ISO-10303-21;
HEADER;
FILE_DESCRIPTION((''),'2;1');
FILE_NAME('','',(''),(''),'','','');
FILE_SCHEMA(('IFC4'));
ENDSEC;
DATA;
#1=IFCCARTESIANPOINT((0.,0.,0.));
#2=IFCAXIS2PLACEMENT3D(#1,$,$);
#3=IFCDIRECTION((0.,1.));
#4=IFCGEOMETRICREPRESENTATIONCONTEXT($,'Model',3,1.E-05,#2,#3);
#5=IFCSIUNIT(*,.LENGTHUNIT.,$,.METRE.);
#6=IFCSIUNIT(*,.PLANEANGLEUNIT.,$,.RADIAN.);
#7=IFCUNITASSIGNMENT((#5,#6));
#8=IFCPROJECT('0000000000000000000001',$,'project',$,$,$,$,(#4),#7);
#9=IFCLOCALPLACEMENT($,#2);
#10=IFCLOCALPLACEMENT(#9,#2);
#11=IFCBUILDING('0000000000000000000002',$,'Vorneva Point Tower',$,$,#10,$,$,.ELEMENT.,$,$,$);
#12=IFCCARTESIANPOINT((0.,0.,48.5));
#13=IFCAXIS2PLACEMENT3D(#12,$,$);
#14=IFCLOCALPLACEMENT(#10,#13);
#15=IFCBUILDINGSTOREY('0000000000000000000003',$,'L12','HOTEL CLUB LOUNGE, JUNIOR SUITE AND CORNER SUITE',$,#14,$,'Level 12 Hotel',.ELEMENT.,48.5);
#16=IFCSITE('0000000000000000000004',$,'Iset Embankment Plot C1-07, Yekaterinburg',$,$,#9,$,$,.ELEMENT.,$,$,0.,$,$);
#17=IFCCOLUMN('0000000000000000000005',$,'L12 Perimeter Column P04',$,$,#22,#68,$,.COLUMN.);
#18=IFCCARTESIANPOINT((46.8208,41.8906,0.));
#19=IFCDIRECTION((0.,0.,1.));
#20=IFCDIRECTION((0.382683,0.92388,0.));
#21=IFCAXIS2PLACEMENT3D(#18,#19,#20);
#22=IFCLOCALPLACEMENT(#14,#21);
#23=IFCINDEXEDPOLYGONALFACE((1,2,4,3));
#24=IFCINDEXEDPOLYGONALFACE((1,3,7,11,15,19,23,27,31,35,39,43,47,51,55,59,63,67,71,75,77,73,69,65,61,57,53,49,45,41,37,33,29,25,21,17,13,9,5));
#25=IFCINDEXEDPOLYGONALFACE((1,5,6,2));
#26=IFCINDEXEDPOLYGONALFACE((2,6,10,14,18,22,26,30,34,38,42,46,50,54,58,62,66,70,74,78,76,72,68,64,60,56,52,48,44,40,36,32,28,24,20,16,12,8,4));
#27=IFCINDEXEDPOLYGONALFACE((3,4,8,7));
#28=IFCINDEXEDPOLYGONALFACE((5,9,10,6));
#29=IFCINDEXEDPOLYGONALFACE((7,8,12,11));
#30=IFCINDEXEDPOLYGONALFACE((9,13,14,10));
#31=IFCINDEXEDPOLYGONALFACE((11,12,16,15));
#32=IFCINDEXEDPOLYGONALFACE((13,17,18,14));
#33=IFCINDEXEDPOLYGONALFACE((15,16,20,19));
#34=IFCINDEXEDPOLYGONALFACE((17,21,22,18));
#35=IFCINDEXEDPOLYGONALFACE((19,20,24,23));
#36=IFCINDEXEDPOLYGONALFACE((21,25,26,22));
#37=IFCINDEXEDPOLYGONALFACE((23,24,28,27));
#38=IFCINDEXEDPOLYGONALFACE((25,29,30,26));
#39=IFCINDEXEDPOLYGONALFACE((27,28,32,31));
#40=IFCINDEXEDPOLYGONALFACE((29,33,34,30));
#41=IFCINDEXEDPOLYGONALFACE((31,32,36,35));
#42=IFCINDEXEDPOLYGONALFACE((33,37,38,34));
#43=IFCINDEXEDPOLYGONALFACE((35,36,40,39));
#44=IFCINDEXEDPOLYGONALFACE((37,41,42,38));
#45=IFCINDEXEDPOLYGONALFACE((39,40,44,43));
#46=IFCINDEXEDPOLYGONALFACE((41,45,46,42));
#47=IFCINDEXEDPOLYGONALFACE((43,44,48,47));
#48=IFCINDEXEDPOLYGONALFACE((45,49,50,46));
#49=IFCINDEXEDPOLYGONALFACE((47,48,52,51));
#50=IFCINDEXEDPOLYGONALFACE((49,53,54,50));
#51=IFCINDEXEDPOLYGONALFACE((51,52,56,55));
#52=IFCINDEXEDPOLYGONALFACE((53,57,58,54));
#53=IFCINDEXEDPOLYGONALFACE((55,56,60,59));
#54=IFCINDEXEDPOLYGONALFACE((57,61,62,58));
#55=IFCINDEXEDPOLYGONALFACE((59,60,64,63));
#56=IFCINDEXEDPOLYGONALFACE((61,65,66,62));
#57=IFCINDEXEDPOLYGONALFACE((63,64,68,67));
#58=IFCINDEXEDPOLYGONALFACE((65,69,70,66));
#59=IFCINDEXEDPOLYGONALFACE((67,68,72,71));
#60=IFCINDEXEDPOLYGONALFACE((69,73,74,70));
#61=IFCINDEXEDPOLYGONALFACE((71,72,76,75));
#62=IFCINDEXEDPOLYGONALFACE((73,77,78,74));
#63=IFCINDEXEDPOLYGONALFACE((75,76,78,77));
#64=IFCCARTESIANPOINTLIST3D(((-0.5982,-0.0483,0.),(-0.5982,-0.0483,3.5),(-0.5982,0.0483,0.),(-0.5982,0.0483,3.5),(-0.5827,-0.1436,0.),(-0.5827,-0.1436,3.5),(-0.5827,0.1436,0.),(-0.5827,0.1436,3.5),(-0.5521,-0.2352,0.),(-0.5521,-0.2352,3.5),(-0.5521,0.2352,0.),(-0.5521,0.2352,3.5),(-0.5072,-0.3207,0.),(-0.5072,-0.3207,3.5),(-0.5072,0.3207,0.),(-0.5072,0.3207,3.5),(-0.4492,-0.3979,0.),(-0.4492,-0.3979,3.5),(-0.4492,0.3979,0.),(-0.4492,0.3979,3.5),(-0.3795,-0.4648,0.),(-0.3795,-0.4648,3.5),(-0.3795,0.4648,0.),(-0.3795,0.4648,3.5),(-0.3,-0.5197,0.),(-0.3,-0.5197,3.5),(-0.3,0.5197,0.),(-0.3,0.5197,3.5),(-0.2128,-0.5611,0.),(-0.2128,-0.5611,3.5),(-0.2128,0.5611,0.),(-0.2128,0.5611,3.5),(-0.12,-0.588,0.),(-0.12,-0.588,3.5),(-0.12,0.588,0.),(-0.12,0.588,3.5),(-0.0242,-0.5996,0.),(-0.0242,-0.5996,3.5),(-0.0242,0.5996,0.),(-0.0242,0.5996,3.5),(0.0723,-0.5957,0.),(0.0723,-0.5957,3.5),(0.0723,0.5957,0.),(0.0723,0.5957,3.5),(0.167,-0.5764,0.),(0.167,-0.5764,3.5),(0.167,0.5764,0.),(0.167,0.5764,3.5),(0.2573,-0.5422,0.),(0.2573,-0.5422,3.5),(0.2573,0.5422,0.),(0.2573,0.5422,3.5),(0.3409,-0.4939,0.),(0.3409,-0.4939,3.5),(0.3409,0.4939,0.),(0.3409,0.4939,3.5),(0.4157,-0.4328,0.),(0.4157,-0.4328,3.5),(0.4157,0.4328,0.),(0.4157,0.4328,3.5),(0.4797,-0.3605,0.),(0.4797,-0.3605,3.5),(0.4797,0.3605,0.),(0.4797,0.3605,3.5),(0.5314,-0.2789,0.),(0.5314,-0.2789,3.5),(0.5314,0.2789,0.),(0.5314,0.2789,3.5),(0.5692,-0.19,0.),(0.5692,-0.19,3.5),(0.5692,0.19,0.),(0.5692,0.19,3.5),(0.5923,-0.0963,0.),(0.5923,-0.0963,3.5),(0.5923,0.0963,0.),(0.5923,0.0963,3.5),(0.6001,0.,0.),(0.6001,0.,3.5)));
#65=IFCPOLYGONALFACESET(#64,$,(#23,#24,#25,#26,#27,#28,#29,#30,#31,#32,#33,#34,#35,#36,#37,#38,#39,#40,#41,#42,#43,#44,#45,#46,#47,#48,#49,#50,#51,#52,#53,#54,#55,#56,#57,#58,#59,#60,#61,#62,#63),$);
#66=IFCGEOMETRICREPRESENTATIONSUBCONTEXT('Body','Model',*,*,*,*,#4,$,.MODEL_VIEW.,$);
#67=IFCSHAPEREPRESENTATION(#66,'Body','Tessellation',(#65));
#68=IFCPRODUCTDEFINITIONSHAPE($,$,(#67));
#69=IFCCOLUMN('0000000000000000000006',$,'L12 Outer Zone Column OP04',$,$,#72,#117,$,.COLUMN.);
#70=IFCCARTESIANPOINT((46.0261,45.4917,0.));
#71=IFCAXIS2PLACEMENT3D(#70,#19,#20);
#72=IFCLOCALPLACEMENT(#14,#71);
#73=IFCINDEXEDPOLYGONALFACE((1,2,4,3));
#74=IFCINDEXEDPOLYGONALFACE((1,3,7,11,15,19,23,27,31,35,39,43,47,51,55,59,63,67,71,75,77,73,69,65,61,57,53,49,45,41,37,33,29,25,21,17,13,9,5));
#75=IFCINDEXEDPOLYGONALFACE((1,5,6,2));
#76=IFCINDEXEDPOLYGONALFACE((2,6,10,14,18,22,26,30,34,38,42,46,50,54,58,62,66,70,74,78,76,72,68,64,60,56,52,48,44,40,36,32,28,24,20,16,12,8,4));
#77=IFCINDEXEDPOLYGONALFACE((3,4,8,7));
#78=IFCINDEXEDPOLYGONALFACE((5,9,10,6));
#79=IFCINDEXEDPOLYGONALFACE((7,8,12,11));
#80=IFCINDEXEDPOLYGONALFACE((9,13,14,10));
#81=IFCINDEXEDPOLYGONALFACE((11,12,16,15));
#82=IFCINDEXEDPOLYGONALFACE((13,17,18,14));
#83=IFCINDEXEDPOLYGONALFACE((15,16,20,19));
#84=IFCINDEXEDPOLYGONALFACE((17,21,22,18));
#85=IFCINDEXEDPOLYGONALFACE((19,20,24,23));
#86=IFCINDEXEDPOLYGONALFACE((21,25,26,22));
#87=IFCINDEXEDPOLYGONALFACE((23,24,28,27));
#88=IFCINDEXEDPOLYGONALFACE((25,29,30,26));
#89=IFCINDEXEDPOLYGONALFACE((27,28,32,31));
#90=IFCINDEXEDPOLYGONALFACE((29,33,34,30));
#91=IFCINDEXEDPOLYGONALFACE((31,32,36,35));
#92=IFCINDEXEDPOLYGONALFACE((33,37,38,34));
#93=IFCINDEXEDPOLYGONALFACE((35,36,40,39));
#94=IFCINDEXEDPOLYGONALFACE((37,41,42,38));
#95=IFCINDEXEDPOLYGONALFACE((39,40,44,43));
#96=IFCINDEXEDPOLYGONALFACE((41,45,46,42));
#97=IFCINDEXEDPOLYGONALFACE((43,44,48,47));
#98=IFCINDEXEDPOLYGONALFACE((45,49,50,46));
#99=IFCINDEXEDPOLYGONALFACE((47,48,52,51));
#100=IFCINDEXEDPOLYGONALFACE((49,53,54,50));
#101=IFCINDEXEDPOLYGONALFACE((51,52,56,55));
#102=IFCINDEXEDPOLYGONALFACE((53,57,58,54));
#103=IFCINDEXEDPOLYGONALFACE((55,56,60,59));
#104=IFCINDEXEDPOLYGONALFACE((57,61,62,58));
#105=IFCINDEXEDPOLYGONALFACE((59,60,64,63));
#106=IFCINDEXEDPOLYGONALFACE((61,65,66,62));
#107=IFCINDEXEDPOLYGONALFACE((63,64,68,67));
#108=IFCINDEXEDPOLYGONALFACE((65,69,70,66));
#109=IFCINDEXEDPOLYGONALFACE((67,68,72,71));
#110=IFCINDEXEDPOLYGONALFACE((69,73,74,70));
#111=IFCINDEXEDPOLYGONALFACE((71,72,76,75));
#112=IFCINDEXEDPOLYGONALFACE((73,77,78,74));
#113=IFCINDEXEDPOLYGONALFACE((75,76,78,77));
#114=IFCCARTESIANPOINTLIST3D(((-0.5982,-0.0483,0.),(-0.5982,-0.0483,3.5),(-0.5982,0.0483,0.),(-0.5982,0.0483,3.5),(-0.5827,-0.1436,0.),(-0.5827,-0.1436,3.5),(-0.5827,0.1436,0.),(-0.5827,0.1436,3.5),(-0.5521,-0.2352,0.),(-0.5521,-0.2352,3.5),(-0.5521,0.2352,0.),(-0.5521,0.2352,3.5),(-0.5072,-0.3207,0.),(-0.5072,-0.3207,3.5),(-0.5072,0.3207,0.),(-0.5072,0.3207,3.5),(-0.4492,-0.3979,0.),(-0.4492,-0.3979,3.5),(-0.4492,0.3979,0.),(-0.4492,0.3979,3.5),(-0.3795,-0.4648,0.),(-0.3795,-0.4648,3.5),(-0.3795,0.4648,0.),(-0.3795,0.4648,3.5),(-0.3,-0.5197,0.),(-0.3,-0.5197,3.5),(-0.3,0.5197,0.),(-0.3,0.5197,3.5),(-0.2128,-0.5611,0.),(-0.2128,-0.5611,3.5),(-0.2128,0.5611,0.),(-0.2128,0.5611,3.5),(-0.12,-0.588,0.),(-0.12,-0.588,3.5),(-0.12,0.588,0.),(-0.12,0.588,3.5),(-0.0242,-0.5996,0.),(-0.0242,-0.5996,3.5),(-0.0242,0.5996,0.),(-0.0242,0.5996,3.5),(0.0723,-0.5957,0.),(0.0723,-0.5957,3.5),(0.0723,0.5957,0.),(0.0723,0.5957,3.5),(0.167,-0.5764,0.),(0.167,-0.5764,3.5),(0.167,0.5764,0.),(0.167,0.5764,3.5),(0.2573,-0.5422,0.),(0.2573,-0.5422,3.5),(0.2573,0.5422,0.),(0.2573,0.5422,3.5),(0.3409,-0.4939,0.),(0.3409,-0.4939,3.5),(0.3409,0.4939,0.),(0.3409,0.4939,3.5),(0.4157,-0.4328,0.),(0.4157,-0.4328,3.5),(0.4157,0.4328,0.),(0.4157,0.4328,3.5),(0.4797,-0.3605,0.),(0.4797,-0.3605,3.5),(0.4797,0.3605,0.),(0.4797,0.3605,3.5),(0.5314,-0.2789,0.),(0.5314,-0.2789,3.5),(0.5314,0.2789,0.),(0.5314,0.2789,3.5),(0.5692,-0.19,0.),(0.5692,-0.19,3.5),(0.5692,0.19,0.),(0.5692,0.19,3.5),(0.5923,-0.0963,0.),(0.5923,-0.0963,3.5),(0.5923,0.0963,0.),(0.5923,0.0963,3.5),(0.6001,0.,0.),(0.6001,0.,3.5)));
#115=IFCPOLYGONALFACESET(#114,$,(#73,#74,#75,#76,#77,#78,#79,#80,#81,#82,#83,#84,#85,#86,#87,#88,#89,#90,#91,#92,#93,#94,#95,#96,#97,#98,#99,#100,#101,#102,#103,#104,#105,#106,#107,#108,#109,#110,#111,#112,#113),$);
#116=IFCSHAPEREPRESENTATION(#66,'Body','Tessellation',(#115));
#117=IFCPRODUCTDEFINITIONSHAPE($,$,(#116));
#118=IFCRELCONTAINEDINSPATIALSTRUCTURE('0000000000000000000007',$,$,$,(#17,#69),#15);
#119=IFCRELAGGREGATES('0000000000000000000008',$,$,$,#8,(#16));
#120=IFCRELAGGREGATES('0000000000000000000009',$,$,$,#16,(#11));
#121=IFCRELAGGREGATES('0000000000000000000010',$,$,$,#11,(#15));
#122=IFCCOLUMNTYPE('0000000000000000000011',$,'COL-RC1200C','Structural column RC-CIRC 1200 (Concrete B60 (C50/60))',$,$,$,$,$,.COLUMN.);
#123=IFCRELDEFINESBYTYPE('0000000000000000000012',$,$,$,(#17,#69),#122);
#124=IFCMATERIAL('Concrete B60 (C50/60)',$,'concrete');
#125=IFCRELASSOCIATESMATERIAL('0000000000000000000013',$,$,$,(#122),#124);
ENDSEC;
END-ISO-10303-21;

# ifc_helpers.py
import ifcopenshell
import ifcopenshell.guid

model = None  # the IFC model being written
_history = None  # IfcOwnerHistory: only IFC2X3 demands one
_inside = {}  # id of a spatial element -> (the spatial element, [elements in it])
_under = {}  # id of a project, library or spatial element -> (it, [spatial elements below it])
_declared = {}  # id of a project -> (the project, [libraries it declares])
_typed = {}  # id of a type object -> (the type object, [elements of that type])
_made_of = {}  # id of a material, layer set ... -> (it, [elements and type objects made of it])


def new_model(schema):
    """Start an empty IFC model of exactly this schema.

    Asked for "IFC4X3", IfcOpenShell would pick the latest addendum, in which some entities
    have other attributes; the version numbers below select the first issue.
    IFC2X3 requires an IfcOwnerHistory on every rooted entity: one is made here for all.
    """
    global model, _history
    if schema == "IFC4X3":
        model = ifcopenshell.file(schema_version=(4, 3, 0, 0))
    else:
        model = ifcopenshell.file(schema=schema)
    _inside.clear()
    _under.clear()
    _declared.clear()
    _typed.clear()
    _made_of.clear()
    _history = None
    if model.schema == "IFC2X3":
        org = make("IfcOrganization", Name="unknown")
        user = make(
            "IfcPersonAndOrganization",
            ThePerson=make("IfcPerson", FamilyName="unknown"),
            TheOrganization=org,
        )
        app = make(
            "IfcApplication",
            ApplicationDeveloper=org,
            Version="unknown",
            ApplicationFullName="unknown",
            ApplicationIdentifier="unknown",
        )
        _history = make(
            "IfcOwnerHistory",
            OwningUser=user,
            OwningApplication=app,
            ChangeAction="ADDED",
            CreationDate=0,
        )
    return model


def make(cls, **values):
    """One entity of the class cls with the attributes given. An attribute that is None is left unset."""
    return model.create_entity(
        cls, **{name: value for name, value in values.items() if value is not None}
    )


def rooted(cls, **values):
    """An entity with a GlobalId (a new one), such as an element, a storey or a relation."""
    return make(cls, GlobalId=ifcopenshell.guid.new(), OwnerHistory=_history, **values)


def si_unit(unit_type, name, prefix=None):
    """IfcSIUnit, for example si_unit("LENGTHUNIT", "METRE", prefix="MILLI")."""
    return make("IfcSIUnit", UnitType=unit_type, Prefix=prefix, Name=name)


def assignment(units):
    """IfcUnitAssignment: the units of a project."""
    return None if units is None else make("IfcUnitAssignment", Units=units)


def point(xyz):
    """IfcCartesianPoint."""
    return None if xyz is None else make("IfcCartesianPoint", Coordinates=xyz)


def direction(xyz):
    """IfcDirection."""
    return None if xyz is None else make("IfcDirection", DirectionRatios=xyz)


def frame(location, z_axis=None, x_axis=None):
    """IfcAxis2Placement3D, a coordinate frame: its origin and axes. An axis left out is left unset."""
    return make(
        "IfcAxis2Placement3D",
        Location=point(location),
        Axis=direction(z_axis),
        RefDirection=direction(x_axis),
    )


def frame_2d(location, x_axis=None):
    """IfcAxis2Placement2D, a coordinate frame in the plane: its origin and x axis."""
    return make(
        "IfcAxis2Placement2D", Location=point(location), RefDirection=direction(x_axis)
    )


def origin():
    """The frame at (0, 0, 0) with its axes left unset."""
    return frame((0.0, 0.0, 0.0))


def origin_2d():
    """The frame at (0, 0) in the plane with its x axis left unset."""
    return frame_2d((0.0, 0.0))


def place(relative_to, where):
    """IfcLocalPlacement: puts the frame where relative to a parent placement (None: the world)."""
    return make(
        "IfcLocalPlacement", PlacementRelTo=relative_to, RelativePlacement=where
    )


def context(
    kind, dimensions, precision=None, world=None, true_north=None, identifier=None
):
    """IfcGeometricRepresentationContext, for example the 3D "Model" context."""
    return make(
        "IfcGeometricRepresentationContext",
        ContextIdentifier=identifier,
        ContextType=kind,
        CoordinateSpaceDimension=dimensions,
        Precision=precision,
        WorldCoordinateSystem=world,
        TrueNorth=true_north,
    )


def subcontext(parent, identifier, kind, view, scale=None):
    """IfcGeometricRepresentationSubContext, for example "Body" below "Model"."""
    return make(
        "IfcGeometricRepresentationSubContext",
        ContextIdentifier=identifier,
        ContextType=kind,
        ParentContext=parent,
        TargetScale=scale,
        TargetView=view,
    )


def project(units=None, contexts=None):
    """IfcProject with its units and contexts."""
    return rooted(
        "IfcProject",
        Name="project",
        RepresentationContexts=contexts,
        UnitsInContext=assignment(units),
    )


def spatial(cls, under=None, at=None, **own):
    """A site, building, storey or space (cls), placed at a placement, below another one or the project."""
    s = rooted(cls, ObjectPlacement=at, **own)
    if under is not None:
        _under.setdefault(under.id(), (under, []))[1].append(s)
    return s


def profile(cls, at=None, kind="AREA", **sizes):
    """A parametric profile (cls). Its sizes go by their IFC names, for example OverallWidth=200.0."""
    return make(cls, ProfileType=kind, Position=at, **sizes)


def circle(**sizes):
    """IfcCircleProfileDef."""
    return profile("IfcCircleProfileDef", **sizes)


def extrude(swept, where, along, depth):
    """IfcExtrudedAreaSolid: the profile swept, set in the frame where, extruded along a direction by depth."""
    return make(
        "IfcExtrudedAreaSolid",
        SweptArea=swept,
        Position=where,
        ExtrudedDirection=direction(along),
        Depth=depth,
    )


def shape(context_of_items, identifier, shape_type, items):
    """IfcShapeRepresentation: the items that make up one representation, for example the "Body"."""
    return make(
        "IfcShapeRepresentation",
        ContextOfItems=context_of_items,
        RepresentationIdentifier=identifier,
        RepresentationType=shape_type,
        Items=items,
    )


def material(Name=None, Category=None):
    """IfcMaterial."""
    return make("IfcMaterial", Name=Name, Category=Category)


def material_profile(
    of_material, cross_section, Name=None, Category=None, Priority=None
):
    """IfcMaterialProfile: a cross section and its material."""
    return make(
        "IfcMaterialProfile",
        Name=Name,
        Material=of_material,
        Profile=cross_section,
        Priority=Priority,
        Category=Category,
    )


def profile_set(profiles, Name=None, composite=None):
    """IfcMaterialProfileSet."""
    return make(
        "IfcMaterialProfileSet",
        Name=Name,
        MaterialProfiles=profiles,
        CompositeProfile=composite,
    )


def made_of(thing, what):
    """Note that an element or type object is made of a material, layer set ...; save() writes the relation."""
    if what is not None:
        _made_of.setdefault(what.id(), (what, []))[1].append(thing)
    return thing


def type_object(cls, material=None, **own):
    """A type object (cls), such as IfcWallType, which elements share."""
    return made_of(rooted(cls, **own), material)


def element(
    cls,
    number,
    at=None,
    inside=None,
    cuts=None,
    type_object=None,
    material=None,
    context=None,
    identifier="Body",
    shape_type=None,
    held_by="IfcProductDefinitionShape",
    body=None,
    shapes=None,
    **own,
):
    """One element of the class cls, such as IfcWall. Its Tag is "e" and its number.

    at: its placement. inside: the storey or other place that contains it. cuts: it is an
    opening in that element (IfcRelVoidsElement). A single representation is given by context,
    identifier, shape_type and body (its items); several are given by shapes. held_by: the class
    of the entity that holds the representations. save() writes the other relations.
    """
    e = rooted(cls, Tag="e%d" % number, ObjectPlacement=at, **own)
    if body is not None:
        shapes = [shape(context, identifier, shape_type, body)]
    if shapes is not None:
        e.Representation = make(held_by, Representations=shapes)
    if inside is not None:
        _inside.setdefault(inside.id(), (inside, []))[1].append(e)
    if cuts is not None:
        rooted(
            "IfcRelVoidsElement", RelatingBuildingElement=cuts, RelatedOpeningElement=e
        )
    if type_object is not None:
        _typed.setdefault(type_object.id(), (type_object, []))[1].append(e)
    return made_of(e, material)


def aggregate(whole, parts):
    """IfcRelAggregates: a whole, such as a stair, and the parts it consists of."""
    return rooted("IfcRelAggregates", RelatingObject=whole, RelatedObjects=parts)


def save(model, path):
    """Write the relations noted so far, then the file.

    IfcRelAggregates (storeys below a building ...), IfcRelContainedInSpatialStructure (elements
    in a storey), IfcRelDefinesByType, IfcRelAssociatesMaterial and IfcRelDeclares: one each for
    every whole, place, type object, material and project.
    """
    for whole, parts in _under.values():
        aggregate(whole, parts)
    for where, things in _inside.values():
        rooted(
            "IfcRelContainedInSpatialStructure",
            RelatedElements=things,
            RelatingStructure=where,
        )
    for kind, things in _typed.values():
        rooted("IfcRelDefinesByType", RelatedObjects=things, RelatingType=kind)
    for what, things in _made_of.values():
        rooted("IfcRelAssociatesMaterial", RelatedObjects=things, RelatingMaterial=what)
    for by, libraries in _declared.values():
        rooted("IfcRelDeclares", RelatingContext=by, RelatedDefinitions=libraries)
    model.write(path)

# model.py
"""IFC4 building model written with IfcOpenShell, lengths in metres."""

from ifc_helpers import new_model, si_unit, direction, frame, origin, origin_2d, place, context, subcontext, project, spatial, circle, extrude, material, material_profile, profile_set, type_object, element, save


model = new_model("IFC4")

# Units and contexts
model_context = context("Model", 3, precision=1e-05, world=origin(), true_north=direction((0.0, 1.0)))
body_context = subcontext(model_context, "Body", "Model", "MODEL_VIEW")
ifc_project = project(units=[si_unit("LENGTHUNIT", "METRE"), si_unit("PLANEANGLEUNIT", "RADIAN")], contexts=[model_context])

# Site, building, storey
site_placement = place(None, origin())
site = spatial("IfcSite", under=ifc_project, at=site_placement, Name="Iset Embankment Plot C1-07, Yekaterinburg", CompositionType="ELEMENT", RefElevation=0.0)
building_placement = place(site_placement, origin())
building = spatial("IfcBuilding", under=site, at=building_placement, Name="Vorneva Point Tower", CompositionType="ELEMENT")
storey_placement = place(building_placement, frame((0.0, 0.0, 48.5)))
storey = spatial("IfcBuildingStorey", under=building, at=storey_placement, Name="L12", Description="HOTEL CLUB LOUNGE, JUNIOR SUITE AND CORNER SUITE", LongName="Level 12 Hotel", CompositionType="ELEMENT", Elevation=48.5)

# Columns
ifc_material_1 = material(Name="Concrete B60 (C50/60)", Category="concrete")
ifc_material_profile_1 = material_profile(ifc_material_1, circle(Radius=0.6001, at=origin_2d()), Name="RC-CIRC 1200")
ifc_profile_set_1 = profile_set([ifc_material_profile_1], Name="Concrete B60 (C50/60)")
column_type_1 = type_object("IfcColumnType", Name="COL-RC1200C", Description="Structural column RC-CIRC 1200 (Concrete B60 (C50/60))", PredefinedType="COLUMN", material=ifc_profile_set_1)
for number, where, z_axis, x_axis, name in (
    (1, (46.8208, 41.8906, 0.0), (0.0, 0.0, 1.0), (0.382683, 0.92388, 0.0), "L12 Perimeter Column P04"),
    (2, (46.0261, 45.4917, 0.0), (0.0, 0.0, 1.0), (0.382683, 0.92388, 0.0), "L12 Outer Zone Column OP04"),
):
    element("IfcColumn", number, at=place(storey_placement, frame(where, z_axis=z_axis, x_axis=x_axis)), inside=storey, type_object=column_type_1, Name=name, PredefinedType="COLUMN", context=body_context, shape_type="SweptSolid", body=[
        extrude(circle(Radius=0.6001, at=origin_2d()), origin(), (0.0, 0.0, 1.0), 3.5),
    ])

save(model, "model.ifc")
